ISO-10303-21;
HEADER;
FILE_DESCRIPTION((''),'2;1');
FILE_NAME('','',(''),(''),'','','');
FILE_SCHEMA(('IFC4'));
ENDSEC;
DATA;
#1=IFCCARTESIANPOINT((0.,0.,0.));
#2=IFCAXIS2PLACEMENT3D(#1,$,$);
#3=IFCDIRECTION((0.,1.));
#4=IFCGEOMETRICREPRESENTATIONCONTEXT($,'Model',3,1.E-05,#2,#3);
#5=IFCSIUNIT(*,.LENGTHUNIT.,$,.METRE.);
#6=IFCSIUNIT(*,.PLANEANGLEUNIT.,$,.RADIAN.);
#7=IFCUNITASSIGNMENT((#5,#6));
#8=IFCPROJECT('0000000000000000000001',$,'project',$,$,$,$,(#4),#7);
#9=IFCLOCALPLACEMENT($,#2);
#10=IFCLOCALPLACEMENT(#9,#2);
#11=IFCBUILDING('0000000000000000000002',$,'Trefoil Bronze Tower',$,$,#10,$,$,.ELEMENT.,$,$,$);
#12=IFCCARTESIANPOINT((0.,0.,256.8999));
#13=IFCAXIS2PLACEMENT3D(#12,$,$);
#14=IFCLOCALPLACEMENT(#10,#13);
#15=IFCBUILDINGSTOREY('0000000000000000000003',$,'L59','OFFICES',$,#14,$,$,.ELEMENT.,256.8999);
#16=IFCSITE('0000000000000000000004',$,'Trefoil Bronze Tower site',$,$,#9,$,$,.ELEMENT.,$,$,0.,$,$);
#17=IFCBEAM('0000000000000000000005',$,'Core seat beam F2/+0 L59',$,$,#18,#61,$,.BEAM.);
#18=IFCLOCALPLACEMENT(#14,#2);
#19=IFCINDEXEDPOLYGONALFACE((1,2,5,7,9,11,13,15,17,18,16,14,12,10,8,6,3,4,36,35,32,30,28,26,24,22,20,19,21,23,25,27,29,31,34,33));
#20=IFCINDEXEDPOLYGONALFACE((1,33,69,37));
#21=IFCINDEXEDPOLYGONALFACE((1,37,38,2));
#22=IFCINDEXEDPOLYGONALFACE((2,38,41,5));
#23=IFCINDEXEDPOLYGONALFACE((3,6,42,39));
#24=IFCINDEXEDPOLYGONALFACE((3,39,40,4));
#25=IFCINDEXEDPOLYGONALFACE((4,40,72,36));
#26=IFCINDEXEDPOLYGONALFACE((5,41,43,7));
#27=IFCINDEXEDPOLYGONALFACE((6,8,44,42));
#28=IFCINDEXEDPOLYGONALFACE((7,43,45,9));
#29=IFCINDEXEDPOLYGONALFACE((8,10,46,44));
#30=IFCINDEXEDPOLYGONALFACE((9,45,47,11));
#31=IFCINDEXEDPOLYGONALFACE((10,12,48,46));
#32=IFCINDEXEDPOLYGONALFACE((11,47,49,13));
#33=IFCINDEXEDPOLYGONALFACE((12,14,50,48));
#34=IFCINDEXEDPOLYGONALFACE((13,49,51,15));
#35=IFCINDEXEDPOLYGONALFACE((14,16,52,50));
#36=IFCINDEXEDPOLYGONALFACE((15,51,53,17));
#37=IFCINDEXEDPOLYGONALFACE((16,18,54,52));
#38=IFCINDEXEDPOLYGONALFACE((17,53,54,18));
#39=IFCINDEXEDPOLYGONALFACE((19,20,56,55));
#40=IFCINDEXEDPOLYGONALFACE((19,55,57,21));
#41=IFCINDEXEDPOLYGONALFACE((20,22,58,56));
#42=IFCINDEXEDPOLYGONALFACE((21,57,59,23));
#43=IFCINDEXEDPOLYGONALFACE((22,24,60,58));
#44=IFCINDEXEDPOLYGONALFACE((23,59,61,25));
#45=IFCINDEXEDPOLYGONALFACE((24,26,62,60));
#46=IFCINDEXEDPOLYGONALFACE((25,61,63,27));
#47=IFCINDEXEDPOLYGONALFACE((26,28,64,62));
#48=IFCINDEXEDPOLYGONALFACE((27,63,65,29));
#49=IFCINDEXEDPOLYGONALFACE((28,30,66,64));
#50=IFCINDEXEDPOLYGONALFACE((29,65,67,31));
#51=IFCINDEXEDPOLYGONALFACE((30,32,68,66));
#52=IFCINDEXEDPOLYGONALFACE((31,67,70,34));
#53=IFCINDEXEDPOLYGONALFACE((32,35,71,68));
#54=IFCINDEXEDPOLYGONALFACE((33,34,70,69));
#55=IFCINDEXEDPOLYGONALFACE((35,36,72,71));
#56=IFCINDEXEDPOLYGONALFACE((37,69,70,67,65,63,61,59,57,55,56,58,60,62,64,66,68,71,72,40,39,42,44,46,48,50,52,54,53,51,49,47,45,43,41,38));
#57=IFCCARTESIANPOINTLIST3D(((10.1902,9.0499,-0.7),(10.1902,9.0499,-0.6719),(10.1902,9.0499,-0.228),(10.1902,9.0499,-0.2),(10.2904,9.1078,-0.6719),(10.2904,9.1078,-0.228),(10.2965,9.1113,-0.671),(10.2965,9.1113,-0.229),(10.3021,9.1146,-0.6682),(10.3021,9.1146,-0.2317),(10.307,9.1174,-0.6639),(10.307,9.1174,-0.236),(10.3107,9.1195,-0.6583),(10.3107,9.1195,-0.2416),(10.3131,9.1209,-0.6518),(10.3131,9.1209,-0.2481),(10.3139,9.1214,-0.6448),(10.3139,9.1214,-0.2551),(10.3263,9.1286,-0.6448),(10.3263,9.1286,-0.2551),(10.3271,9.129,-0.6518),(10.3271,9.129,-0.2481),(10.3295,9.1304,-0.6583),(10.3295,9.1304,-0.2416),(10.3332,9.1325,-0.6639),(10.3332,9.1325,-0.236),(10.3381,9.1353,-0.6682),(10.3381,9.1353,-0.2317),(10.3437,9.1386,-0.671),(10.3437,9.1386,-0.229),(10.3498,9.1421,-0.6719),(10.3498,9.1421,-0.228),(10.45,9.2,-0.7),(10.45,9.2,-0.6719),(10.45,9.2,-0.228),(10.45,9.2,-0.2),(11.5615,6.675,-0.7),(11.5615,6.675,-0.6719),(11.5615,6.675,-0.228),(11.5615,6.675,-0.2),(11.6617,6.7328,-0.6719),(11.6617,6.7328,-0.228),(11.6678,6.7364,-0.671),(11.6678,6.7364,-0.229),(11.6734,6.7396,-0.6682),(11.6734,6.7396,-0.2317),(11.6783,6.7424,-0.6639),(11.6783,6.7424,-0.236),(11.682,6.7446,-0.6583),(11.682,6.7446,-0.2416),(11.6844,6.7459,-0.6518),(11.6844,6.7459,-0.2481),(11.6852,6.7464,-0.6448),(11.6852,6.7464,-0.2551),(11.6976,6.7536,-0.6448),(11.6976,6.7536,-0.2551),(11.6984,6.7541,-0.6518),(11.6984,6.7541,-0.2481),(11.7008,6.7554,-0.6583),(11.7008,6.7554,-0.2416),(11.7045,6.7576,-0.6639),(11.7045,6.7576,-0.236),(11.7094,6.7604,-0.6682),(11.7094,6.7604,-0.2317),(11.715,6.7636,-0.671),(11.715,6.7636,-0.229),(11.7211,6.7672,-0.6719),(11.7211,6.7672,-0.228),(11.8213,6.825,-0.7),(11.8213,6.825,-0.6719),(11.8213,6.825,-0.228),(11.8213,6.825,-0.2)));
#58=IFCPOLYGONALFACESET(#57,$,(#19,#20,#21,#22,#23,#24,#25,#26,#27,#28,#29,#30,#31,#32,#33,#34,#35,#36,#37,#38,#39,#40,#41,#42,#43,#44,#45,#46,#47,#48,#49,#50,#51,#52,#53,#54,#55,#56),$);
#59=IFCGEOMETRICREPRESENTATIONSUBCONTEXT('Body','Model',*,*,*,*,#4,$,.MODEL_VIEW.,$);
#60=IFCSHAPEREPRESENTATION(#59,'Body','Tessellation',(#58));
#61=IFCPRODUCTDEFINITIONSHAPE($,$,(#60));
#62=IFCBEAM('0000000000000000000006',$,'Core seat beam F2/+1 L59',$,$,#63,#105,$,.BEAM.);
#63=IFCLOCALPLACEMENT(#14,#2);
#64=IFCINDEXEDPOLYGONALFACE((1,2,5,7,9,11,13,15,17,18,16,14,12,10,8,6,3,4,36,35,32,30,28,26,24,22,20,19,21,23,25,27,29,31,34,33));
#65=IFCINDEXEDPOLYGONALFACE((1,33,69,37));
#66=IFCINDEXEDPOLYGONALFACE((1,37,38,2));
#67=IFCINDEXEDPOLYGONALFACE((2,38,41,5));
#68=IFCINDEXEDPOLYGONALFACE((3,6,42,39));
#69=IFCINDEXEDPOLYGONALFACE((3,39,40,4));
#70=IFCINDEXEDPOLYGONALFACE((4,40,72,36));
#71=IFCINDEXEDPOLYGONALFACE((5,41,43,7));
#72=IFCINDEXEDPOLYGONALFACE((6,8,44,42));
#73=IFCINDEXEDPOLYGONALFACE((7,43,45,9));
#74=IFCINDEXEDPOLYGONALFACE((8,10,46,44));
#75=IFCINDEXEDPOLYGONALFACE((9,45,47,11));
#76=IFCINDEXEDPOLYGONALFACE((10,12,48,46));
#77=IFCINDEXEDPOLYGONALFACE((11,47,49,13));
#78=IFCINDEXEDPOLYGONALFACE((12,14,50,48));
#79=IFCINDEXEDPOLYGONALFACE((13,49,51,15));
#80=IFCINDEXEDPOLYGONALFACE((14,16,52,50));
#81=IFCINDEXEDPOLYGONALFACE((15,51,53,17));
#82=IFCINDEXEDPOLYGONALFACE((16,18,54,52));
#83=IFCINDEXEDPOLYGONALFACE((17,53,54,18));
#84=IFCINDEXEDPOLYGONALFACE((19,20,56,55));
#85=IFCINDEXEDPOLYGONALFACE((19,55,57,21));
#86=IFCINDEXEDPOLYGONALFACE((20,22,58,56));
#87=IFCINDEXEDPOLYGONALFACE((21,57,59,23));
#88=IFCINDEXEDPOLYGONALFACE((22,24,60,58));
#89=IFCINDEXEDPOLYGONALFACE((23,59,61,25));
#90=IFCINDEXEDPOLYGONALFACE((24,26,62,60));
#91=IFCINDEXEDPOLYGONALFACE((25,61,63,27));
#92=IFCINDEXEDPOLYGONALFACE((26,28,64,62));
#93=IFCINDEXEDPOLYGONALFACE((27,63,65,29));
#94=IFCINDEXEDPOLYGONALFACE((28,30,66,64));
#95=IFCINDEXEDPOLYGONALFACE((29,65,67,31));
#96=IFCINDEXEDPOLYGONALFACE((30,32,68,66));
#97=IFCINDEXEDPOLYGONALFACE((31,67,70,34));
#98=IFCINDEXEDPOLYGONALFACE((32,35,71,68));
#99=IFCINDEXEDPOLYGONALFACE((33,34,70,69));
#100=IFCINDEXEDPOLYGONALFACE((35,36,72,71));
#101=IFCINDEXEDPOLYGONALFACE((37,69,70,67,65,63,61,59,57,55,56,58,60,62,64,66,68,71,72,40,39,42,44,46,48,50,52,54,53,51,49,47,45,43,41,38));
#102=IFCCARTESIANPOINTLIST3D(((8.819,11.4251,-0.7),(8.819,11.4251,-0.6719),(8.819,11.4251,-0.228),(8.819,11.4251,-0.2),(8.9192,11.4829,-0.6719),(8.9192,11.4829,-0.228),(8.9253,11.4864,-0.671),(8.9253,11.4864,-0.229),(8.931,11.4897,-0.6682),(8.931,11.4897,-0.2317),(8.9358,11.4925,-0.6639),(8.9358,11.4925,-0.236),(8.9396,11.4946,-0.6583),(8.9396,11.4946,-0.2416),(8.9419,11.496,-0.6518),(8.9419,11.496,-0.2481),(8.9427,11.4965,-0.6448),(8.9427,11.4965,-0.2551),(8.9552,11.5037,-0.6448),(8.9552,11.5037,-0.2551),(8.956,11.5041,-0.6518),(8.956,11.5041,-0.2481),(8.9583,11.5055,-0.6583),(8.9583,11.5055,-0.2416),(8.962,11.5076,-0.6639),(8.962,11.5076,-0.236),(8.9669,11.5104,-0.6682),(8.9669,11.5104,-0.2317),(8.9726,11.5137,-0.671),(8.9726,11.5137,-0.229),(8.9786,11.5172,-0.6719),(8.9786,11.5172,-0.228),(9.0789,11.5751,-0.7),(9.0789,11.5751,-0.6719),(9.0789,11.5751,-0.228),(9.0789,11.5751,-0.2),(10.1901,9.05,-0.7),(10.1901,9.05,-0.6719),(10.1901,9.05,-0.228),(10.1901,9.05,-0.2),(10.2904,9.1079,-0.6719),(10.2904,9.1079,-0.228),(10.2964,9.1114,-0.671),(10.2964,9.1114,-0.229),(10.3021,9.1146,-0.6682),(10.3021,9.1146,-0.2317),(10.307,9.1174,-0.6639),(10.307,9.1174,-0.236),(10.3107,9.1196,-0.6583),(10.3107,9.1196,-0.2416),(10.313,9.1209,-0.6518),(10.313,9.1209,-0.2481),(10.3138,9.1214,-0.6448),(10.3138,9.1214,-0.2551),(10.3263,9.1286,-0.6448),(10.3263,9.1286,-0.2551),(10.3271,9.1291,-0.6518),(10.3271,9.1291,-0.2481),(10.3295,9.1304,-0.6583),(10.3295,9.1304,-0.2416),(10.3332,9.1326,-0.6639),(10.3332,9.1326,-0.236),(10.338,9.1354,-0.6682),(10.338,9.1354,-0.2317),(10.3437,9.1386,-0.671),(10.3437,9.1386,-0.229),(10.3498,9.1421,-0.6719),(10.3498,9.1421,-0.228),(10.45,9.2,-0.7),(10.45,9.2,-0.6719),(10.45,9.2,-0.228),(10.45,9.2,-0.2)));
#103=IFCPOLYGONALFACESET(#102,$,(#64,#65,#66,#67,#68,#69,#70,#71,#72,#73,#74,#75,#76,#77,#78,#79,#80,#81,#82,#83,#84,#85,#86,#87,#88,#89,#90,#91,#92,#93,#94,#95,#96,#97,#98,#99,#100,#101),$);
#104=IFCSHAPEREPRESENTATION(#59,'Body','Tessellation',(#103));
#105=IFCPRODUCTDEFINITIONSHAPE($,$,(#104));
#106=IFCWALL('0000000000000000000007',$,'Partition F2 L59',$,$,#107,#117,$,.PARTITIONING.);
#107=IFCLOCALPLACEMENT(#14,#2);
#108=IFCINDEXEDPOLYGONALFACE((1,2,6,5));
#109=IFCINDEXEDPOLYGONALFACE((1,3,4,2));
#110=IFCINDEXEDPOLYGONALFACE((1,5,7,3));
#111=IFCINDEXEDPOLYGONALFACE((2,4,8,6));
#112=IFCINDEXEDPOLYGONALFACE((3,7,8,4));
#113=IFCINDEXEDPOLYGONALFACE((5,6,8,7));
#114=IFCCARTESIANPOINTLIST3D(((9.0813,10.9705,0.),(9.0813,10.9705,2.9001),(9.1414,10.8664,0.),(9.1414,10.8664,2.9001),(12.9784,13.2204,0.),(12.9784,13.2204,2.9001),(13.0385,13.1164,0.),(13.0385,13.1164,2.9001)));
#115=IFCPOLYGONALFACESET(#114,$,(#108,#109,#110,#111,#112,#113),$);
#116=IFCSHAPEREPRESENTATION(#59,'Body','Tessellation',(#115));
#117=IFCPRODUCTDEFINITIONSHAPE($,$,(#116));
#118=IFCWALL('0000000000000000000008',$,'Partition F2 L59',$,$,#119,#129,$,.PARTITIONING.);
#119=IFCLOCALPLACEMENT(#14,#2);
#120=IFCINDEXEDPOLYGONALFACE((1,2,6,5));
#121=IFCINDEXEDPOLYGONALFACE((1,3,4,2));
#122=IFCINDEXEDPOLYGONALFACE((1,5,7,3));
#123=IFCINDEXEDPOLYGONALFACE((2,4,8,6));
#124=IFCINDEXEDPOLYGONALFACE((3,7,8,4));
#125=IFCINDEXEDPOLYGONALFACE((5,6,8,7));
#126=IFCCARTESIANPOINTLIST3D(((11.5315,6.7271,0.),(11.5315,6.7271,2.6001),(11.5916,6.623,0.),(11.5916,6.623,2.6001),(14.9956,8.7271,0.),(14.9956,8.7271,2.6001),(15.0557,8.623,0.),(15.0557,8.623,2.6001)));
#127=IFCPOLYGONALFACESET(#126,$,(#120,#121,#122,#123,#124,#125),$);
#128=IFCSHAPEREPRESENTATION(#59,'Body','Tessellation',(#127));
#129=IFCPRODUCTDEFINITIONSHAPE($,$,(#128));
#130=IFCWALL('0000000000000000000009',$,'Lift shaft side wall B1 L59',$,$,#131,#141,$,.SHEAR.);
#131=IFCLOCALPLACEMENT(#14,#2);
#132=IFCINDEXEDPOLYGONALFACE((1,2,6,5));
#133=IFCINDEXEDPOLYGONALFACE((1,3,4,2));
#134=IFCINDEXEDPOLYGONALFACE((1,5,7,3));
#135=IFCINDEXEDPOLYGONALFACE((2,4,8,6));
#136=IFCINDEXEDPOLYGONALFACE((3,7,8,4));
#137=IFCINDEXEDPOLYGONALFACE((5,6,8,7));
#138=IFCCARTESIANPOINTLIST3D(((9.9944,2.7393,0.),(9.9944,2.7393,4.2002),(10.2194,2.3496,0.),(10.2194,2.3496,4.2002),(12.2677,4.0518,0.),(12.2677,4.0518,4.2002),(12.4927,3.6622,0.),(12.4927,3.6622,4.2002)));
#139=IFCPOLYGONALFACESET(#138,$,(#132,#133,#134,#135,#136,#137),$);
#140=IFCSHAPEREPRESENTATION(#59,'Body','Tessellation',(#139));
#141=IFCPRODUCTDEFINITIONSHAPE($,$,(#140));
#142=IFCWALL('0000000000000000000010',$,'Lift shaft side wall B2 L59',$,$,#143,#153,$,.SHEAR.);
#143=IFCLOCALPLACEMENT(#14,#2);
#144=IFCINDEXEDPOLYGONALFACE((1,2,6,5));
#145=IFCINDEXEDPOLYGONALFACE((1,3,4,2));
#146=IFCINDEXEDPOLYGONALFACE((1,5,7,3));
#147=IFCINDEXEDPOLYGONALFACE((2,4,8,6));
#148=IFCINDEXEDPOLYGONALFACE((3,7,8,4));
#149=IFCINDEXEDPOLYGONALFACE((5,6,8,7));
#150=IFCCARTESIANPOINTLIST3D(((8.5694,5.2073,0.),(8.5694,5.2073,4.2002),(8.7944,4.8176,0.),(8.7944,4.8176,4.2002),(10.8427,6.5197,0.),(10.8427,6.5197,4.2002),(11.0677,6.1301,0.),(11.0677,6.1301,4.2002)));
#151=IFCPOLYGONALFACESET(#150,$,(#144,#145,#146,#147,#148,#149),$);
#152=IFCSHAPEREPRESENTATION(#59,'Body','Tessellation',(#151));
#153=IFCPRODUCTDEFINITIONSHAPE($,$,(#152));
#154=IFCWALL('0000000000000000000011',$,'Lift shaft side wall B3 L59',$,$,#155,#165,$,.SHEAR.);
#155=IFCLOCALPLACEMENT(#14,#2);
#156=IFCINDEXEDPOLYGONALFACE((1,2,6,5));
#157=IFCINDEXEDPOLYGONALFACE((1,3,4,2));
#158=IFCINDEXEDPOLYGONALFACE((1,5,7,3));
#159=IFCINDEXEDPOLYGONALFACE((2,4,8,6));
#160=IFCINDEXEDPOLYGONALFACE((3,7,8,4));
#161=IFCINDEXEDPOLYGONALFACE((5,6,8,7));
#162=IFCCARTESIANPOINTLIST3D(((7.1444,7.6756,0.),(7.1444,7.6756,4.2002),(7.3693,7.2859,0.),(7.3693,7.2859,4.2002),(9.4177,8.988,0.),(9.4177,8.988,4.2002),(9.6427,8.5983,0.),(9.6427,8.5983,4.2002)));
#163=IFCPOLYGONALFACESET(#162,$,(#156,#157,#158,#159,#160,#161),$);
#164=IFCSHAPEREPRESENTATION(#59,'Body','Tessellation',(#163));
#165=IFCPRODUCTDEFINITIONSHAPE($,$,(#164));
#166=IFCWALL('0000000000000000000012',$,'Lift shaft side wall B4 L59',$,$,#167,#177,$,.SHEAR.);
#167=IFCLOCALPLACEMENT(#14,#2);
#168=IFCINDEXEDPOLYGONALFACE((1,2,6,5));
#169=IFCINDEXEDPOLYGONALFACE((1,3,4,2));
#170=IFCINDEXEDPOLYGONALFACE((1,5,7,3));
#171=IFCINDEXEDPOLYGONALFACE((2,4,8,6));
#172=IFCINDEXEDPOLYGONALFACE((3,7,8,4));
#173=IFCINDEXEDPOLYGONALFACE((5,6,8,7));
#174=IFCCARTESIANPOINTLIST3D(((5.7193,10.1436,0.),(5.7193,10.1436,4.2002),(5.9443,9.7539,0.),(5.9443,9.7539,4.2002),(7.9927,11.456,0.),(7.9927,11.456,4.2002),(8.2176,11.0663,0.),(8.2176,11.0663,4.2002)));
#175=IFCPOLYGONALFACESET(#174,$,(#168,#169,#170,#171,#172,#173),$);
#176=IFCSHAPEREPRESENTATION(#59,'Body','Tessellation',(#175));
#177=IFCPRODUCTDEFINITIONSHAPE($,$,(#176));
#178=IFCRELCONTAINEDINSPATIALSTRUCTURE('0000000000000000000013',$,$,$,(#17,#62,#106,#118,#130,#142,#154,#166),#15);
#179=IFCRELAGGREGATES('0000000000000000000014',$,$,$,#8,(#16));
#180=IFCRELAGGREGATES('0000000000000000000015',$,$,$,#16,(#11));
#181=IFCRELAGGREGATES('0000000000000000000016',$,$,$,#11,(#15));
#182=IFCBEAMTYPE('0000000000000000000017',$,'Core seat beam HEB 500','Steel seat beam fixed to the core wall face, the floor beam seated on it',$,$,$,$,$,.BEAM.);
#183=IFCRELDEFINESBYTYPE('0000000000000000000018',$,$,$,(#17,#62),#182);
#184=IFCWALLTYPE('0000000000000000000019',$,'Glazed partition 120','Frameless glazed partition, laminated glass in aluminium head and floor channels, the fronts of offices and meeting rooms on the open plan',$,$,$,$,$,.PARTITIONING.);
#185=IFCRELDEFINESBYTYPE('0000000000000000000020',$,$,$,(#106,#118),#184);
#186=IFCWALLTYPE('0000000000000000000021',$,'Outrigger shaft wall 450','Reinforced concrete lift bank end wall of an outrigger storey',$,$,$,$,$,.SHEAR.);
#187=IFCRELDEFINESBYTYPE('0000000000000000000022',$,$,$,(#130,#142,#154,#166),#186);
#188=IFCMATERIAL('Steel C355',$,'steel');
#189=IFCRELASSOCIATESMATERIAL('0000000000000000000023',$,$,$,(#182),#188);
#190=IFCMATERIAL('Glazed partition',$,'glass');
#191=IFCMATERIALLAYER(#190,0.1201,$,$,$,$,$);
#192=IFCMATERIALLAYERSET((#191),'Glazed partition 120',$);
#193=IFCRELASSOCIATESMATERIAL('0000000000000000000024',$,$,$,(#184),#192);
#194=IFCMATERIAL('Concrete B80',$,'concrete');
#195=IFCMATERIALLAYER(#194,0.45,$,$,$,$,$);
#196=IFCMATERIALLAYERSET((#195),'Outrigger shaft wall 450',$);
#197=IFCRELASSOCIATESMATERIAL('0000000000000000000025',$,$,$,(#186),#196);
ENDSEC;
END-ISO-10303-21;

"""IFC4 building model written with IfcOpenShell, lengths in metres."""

from ifc_helpers import new_model, si_unit, direction, frame, frame_2d, origin, origin_2d, place, context, subcontext, project, spatial, rectangle, i_section, extrude, material, layer, layer_set, material_profile, profile_set, type_object, element, save


model = new_model("IFC4")

# Units and contexts
model_context = context("Model", 3, precision=1e-05, world=origin(), true_north=direction((0.0, 1.0)))
body_context = subcontext(model_context, "Body", "Model", "MODEL_VIEW")
ifc_project = project(units=[si_unit("LENGTHUNIT", "METRE"), si_unit("PLANEANGLEUNIT", "RADIAN")], contexts=[model_context])

# Site, building, storey
site_placement = place(None, origin())
site = spatial("IfcSite", under=ifc_project, at=site_placement, Name="Trefoil Bronze Tower site", CompositionType="ELEMENT", RefElevation=0.0)
building_placement = place(site_placement, origin())
building = spatial("IfcBuilding", under=site, at=building_placement, Name="Trefoil Bronze Tower", CompositionType="ELEMENT")
storey_placement = place(building_placement, frame((0.0, 0.0, 256.8999)))
storey = spatial("IfcBuildingStorey", under=building, at=storey_placement, Name="L59", Description="OFFICES", CompositionType="ELEMENT", Elevation=256.8999)

# Beams
ifc_material_1 = material(Name="Steel C355", Category="steel")
ifc_material_profile = material_profile(ifc_material_1, i_section(OverallWidth=0.3, OverallDepth=0.5, WebThickness=0.0144, FlangeThickness=0.0281, FilletRadius=0.0271, at=origin_2d()), Name="HEB 500")
ifc_profile_set = profile_set([ifc_material_profile], Name="Steel C355")
beam_type = type_object("IfcBeamType", Name="Core seat beam HEB 500", Description="Steel seat beam fixed to the core wall face, the floor beam seated on it", PredefinedType="BEAM", material=ifc_profile_set)
for number, where, z_axis, x_axis, name in (
    (1, (11.6914, 6.75, -0.45), (-0.500036, 0.866005, 0.0), (-0.866005, -0.500036, 0.0), "Core seat beam F2/+0 L59"),
    (2, (10.3201, 9.125, -0.45), (-0.499969, 0.866043, 0.0), (-0.866043, -0.499969, 0.0), "Core seat beam F2/+1 L59"),
):
    element("IfcBeam", number, at=place(storey_placement, frame(where, z_axis=z_axis, x_axis=x_axis)), inside=storey, type_object=beam_type, Name=name, PredefinedType="BEAM", context=body_context, shape_type="SweptSolid", body=[
        extrude(i_section(OverallWidth=0.3, OverallDepth=0.5, WebThickness=0.0144, FlangeThickness=0.0281, FilletRadius=0.0271, at=origin_2d()), origin(), (0.0, 0.0, 1.0), 2.7424),
    ])

# Walls
ifc_material_2 = material(Name="Glazed partition", Category="glass")
ifc_layer_1 = layer(ifc_material_2, 0.1201)
ifc_layer_set_1 = layer_set([ifc_layer_1], Name="Glazed partition 120")
wall_type_1 = type_object("IfcWallType", Name="Glazed partition 120", Description="Frameless glazed partition, laminated glass in aluminium head and floor channels, the fronts of offices and meeting rooms on the open plan", PredefinedType="PARTITIONING", material=ifc_layer_set_1)
wall_1_placement = place(storey_placement, frame((9.1113, 10.9185, 0.0), z_axis=(0.0, 0.0, 1.0), x_axis=(0.866031, 0.49999, 0.0)))
element("IfcWall", 3, at=wall_1_placement, inside=storey, type_object=wall_type_1, Name="Partition F2 L59", PredefinedType="PARTITIONING", context=body_context, shape_type="SweptSolid", body=[
    extrude(rectangle(XDim=4.5, YDim=0.1201, at=frame_2d((2.25, 0.0))), origin(), (0.0, 0.0, 1.0), 2.9001),
])
wall_2_placement = place(storey_placement, frame((11.5615, 6.675, 0.0), z_axis=(0.0, 0.0, 1.0), x_axis=(0.866026, 0.499999, 0.0)))
element("IfcWall", 4, at=wall_2_placement, inside=storey, type_object=wall_type_1, Name="Partition F2 L59", PredefinedType="PARTITIONING", context=body_context, shape_type="SweptSolid", body=[
    extrude(rectangle(XDim=4.0, YDim=0.1201, at=frame_2d((2.0, 0.0))), origin(), (0.0, 0.0, 1.0), 2.6001),
])
ifc_material_3 = material(Name="Concrete B80", Category="concrete")
ifc_layer_2 = layer(ifc_material_3, 0.45)
ifc_layer_set_2 = layer_set([ifc_layer_2], Name="Outrigger shaft wall 450")
wall_type_2 = type_object("IfcWallType", Name="Outrigger shaft wall 450", Description="Reinforced concrete lift bank end wall of an outrigger storey", PredefinedType="SHEAR", material=ifc_layer_set_2)
for number, where, z_axis, x_axis, name in (
    (5, (10.1069, 2.5444, 0.0), (0.0, 0.0, 1.0), (0.866014, 0.50002, 0.0), "Lift shaft side wall B1 L59"),
    (6, (8.6819, 5.0125, 0.0), (0.0, 0.0, 1.0), (0.866037, 0.49998, 0.0), "Lift shaft side wall B2 L59"),
    (7, (7.2568, 7.4807, 0.0), (0.0, 0.0, 1.0), (0.866037, 0.49998, 0.0), "Lift shaft side wall B3 L59"),
    (8, (5.8318, 9.9487, 0.0), (0.0, 0.0, 1.0), (0.866037, 0.49998, 0.0), "Lift shaft side wall B4 L59"),
):
    element("IfcWall", number, at=place(storey_placement, frame(where, z_axis=z_axis, x_axis=x_axis)), inside=storey, type_object=wall_type_2, Name=name, PredefinedType="SHEAR", context=body_context, shape_type="SweptSolid", body=[
        extrude(rectangle(XDim=2.625, YDim=0.45, at=frame_2d((1.3125, 0.0))), origin(), (0.0, 0.0, 1.0), 4.2002),
    ])

save(model, "model.ifc")
